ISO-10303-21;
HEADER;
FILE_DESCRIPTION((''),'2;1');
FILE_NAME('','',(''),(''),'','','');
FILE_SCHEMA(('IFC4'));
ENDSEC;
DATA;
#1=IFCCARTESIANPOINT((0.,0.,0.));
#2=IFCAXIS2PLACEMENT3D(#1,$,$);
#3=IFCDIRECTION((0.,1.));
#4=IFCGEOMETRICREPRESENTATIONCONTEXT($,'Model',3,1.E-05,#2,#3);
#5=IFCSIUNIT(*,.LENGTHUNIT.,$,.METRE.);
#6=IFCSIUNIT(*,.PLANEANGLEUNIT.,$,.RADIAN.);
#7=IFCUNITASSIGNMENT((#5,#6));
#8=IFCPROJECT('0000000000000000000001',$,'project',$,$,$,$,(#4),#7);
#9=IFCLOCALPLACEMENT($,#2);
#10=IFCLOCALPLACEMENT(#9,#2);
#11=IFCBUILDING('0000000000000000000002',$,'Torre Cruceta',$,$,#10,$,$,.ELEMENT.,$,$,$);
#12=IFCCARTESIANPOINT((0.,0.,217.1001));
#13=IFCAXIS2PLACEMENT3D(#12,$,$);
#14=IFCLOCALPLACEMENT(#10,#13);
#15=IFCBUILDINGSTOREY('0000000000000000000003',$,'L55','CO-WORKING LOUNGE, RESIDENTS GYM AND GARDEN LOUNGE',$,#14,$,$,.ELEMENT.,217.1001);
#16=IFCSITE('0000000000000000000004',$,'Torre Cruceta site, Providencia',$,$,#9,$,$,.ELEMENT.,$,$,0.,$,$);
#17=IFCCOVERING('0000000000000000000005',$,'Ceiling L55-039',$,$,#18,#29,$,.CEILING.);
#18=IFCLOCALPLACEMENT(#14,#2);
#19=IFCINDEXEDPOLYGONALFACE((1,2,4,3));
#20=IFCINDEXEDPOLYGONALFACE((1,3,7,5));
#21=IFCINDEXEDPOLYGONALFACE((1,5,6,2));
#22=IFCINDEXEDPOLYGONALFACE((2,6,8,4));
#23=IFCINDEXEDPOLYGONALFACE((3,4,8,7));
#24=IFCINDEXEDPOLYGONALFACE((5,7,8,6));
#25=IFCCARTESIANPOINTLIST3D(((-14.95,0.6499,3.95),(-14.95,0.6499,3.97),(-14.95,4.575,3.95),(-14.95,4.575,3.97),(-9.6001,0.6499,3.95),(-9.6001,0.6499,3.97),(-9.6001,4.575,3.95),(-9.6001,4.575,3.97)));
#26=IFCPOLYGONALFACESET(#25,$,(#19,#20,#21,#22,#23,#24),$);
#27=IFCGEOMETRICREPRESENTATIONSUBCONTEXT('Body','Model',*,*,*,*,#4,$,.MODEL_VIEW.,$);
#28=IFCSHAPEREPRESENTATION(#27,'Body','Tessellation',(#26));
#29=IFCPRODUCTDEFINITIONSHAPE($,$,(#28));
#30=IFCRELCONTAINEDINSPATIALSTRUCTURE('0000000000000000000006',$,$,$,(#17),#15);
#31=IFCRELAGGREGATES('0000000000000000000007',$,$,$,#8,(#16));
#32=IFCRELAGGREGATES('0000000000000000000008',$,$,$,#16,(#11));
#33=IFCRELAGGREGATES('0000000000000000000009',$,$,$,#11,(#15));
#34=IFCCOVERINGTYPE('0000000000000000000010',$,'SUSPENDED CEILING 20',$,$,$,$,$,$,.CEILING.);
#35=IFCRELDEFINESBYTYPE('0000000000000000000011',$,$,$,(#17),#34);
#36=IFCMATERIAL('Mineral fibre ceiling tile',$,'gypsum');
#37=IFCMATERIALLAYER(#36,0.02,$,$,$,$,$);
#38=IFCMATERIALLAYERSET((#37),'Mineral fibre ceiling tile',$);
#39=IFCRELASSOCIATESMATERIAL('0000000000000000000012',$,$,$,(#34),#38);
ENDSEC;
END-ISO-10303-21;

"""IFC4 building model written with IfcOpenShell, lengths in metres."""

from ifc_helpers import new_model, si_unit, direction, frame, origin, place, context, subcontext, project, spatial, polyline, outline, extrude, material, layer, layer_set, type_object, element, save


model = new_model("IFC4")

# Units and contexts
model_context = context("Model", 3, precision=1e-05, world=origin(), true_north=direction((0.0, 1.0)))
body_context = subcontext(model_context, "Body", "Model", "MODEL_VIEW")
ifc_project = project(units=[si_unit("LENGTHUNIT", "METRE"), si_unit("PLANEANGLEUNIT", "RADIAN")], contexts=[model_context])

# Site, building, storey
site_placement = place(None, origin())
site = spatial("IfcSite", under=ifc_project, at=site_placement, Name="Torre Cruceta site, Providencia", CompositionType="ELEMENT", RefElevation=0.0)
building_placement = place(site_placement, origin())
building = spatial("IfcBuilding", under=site, at=building_placement, Name="Torre Cruceta", CompositionType="ELEMENT")
storey_placement = place(building_placement, frame((0.0, 0.0, 217.1001)))
storey = spatial("IfcBuildingStorey", under=building, at=storey_placement, Name="L55", Description="CO-WORKING LOUNGE, RESIDENTS GYM AND GARDEN LOUNGE", CompositionType="ELEMENT", Elevation=217.1001)

# Covering
ifc_material_1 = material(Name="Mineral fibre ceiling tile", Category="gypsum")
ifc_layer_1 = layer(ifc_material_1, 0.02)
ifc_layer_set_1 = layer_set([ifc_layer_1], Name="Mineral fibre ceiling tile")
covering_type_1 = type_object("IfcCoveringType", Name="SUSPENDED CEILING 20", PredefinedType="CEILING", material=ifc_layer_set_1)
covering_1_placement = place(storey_placement, frame((0.0, 0.0, 3.95)))
element("IfcCovering", 1, at=covering_1_placement, inside=storey, type_object=covering_type_1, Name="Ceiling L55-039", PredefinedType="CEILING", context=body_context, shape_type="SweptSolid", body=[
    extrude(outline(polyline([(-9.6001, 4.575), (-9.6001, 0.6499), (-14.95, 0.6499), (-14.95, 4.575), (-9.6001, 4.575)])), origin(), (0.0, 0.0, 1.0), 0.02),
])

save(model, "model.ifc")
